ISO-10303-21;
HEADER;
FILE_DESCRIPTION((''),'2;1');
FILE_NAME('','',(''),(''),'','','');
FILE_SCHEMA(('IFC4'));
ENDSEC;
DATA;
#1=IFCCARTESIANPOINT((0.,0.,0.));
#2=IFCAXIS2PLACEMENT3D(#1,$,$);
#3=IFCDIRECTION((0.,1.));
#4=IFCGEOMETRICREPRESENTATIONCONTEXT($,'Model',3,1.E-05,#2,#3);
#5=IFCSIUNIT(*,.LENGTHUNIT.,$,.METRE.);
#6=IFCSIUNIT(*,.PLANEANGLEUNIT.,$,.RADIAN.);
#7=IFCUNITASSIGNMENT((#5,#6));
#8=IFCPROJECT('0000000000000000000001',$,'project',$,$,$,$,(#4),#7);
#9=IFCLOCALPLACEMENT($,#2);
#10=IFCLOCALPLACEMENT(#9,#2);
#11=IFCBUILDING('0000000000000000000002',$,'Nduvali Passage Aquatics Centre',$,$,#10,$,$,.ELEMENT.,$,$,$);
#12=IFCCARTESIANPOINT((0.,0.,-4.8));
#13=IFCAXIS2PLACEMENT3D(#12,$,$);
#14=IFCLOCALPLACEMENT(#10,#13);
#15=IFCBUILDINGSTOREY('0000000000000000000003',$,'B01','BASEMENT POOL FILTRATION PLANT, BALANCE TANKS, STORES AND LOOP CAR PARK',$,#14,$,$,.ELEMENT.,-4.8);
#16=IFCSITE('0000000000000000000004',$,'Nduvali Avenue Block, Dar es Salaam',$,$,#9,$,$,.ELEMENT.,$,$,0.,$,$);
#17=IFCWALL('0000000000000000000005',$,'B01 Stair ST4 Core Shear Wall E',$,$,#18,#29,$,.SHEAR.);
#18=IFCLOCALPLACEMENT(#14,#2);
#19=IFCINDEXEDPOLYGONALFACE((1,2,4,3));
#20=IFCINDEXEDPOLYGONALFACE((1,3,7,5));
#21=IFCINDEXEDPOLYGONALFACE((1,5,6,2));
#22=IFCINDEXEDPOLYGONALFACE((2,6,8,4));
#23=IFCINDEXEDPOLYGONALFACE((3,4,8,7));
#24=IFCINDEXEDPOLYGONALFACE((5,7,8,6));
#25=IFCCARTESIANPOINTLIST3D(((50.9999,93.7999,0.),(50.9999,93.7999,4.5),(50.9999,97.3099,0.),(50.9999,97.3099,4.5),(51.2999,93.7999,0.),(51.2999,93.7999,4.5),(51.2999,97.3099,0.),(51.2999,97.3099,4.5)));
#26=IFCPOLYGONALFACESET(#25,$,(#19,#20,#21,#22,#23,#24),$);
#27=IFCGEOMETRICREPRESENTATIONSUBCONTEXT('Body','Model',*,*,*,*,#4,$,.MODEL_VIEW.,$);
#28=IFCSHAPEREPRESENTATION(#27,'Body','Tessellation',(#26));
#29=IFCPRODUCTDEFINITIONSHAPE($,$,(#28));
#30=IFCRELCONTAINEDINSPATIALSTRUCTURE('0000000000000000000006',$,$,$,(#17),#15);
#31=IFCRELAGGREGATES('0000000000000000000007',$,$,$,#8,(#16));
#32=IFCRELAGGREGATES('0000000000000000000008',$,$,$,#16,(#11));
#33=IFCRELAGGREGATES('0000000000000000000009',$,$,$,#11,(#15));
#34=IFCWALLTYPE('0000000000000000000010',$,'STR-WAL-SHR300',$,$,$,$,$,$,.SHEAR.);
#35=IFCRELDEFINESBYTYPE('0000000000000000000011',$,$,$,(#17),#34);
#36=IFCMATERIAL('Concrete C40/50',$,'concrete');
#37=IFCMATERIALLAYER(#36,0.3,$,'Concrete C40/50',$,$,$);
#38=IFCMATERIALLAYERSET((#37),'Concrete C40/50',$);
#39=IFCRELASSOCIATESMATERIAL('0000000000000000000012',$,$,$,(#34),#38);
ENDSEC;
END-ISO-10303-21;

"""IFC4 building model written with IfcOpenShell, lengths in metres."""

from ifc_helpers import new_model, si_unit, direction, frame, frame_2d, origin, place, context, subcontext, project, spatial, rectangle, extrude, material, layer, layer_set, type_object, element, save


model = new_model("IFC4")

# Units and contexts
model_context = context("Model", 3, precision=1e-05, world=origin(), true_north=direction((0.0, 1.0)))
body_context = subcontext(model_context, "Body", "Model", "MODEL_VIEW")
ifc_project = project(units=[si_unit("LENGTHUNIT", "METRE"), si_unit("PLANEANGLEUNIT", "RADIAN")], contexts=[model_context])

# Site, building, storey
site_placement = place(None, origin())
site = spatial("IfcSite", under=ifc_project, at=site_placement, Name="Nduvali Avenue Block, Dar es Salaam", CompositionType="ELEMENT", RefElevation=0.0)
building_placement = place(site_placement, origin())
building = spatial("IfcBuilding", under=site, at=building_placement, Name="Nduvali Passage Aquatics Centre", CompositionType="ELEMENT")
storey_placement = place(building_placement, frame((0.0, 0.0, -4.8)))
storey = spatial("IfcBuildingStorey", under=building, at=storey_placement, Name="B01", Description="BASEMENT POOL FILTRATION PLANT, BALANCE TANKS, STORES AND LOOP CAR PARK", CompositionType="ELEMENT", Elevation=-4.8)

# Shared definitions
ifc_material = material(Name="Concrete C40/50", Category="concrete")

# Wall
ifc_layer_1 = layer(ifc_material, 0.3, Name="Concrete C40/50")
ifc_layer_set_1 = layer_set([ifc_layer_1], Name="Concrete C40/50")
wall_type_1 = type_object("IfcWallType", Name="STR-WAL-SHR300", PredefinedType="SHEAR", material=ifc_layer_set_1)
wall_1_placement = place(storey_placement, frame((51.1499, 93.8, 0.0), z_axis=(0.0, 0.0, 1.0), x_axis=(0.0, 1.0, 0.0)))
element("IfcWall", 1, at=wall_1_placement, inside=storey, type_object=wall_type_1, Name="B01 Stair ST4 Core Shear Wall E", PredefinedType="SHEAR", context=body_context, shape_type="SweptSolid", body=[
    extrude(rectangle(XDim=3.51, YDim=0.3, at=frame_2d((1.7549, 0.0))), origin(), (0.0, 0.0, 1.0), 4.5),
])

save(model, "model.ifc")
